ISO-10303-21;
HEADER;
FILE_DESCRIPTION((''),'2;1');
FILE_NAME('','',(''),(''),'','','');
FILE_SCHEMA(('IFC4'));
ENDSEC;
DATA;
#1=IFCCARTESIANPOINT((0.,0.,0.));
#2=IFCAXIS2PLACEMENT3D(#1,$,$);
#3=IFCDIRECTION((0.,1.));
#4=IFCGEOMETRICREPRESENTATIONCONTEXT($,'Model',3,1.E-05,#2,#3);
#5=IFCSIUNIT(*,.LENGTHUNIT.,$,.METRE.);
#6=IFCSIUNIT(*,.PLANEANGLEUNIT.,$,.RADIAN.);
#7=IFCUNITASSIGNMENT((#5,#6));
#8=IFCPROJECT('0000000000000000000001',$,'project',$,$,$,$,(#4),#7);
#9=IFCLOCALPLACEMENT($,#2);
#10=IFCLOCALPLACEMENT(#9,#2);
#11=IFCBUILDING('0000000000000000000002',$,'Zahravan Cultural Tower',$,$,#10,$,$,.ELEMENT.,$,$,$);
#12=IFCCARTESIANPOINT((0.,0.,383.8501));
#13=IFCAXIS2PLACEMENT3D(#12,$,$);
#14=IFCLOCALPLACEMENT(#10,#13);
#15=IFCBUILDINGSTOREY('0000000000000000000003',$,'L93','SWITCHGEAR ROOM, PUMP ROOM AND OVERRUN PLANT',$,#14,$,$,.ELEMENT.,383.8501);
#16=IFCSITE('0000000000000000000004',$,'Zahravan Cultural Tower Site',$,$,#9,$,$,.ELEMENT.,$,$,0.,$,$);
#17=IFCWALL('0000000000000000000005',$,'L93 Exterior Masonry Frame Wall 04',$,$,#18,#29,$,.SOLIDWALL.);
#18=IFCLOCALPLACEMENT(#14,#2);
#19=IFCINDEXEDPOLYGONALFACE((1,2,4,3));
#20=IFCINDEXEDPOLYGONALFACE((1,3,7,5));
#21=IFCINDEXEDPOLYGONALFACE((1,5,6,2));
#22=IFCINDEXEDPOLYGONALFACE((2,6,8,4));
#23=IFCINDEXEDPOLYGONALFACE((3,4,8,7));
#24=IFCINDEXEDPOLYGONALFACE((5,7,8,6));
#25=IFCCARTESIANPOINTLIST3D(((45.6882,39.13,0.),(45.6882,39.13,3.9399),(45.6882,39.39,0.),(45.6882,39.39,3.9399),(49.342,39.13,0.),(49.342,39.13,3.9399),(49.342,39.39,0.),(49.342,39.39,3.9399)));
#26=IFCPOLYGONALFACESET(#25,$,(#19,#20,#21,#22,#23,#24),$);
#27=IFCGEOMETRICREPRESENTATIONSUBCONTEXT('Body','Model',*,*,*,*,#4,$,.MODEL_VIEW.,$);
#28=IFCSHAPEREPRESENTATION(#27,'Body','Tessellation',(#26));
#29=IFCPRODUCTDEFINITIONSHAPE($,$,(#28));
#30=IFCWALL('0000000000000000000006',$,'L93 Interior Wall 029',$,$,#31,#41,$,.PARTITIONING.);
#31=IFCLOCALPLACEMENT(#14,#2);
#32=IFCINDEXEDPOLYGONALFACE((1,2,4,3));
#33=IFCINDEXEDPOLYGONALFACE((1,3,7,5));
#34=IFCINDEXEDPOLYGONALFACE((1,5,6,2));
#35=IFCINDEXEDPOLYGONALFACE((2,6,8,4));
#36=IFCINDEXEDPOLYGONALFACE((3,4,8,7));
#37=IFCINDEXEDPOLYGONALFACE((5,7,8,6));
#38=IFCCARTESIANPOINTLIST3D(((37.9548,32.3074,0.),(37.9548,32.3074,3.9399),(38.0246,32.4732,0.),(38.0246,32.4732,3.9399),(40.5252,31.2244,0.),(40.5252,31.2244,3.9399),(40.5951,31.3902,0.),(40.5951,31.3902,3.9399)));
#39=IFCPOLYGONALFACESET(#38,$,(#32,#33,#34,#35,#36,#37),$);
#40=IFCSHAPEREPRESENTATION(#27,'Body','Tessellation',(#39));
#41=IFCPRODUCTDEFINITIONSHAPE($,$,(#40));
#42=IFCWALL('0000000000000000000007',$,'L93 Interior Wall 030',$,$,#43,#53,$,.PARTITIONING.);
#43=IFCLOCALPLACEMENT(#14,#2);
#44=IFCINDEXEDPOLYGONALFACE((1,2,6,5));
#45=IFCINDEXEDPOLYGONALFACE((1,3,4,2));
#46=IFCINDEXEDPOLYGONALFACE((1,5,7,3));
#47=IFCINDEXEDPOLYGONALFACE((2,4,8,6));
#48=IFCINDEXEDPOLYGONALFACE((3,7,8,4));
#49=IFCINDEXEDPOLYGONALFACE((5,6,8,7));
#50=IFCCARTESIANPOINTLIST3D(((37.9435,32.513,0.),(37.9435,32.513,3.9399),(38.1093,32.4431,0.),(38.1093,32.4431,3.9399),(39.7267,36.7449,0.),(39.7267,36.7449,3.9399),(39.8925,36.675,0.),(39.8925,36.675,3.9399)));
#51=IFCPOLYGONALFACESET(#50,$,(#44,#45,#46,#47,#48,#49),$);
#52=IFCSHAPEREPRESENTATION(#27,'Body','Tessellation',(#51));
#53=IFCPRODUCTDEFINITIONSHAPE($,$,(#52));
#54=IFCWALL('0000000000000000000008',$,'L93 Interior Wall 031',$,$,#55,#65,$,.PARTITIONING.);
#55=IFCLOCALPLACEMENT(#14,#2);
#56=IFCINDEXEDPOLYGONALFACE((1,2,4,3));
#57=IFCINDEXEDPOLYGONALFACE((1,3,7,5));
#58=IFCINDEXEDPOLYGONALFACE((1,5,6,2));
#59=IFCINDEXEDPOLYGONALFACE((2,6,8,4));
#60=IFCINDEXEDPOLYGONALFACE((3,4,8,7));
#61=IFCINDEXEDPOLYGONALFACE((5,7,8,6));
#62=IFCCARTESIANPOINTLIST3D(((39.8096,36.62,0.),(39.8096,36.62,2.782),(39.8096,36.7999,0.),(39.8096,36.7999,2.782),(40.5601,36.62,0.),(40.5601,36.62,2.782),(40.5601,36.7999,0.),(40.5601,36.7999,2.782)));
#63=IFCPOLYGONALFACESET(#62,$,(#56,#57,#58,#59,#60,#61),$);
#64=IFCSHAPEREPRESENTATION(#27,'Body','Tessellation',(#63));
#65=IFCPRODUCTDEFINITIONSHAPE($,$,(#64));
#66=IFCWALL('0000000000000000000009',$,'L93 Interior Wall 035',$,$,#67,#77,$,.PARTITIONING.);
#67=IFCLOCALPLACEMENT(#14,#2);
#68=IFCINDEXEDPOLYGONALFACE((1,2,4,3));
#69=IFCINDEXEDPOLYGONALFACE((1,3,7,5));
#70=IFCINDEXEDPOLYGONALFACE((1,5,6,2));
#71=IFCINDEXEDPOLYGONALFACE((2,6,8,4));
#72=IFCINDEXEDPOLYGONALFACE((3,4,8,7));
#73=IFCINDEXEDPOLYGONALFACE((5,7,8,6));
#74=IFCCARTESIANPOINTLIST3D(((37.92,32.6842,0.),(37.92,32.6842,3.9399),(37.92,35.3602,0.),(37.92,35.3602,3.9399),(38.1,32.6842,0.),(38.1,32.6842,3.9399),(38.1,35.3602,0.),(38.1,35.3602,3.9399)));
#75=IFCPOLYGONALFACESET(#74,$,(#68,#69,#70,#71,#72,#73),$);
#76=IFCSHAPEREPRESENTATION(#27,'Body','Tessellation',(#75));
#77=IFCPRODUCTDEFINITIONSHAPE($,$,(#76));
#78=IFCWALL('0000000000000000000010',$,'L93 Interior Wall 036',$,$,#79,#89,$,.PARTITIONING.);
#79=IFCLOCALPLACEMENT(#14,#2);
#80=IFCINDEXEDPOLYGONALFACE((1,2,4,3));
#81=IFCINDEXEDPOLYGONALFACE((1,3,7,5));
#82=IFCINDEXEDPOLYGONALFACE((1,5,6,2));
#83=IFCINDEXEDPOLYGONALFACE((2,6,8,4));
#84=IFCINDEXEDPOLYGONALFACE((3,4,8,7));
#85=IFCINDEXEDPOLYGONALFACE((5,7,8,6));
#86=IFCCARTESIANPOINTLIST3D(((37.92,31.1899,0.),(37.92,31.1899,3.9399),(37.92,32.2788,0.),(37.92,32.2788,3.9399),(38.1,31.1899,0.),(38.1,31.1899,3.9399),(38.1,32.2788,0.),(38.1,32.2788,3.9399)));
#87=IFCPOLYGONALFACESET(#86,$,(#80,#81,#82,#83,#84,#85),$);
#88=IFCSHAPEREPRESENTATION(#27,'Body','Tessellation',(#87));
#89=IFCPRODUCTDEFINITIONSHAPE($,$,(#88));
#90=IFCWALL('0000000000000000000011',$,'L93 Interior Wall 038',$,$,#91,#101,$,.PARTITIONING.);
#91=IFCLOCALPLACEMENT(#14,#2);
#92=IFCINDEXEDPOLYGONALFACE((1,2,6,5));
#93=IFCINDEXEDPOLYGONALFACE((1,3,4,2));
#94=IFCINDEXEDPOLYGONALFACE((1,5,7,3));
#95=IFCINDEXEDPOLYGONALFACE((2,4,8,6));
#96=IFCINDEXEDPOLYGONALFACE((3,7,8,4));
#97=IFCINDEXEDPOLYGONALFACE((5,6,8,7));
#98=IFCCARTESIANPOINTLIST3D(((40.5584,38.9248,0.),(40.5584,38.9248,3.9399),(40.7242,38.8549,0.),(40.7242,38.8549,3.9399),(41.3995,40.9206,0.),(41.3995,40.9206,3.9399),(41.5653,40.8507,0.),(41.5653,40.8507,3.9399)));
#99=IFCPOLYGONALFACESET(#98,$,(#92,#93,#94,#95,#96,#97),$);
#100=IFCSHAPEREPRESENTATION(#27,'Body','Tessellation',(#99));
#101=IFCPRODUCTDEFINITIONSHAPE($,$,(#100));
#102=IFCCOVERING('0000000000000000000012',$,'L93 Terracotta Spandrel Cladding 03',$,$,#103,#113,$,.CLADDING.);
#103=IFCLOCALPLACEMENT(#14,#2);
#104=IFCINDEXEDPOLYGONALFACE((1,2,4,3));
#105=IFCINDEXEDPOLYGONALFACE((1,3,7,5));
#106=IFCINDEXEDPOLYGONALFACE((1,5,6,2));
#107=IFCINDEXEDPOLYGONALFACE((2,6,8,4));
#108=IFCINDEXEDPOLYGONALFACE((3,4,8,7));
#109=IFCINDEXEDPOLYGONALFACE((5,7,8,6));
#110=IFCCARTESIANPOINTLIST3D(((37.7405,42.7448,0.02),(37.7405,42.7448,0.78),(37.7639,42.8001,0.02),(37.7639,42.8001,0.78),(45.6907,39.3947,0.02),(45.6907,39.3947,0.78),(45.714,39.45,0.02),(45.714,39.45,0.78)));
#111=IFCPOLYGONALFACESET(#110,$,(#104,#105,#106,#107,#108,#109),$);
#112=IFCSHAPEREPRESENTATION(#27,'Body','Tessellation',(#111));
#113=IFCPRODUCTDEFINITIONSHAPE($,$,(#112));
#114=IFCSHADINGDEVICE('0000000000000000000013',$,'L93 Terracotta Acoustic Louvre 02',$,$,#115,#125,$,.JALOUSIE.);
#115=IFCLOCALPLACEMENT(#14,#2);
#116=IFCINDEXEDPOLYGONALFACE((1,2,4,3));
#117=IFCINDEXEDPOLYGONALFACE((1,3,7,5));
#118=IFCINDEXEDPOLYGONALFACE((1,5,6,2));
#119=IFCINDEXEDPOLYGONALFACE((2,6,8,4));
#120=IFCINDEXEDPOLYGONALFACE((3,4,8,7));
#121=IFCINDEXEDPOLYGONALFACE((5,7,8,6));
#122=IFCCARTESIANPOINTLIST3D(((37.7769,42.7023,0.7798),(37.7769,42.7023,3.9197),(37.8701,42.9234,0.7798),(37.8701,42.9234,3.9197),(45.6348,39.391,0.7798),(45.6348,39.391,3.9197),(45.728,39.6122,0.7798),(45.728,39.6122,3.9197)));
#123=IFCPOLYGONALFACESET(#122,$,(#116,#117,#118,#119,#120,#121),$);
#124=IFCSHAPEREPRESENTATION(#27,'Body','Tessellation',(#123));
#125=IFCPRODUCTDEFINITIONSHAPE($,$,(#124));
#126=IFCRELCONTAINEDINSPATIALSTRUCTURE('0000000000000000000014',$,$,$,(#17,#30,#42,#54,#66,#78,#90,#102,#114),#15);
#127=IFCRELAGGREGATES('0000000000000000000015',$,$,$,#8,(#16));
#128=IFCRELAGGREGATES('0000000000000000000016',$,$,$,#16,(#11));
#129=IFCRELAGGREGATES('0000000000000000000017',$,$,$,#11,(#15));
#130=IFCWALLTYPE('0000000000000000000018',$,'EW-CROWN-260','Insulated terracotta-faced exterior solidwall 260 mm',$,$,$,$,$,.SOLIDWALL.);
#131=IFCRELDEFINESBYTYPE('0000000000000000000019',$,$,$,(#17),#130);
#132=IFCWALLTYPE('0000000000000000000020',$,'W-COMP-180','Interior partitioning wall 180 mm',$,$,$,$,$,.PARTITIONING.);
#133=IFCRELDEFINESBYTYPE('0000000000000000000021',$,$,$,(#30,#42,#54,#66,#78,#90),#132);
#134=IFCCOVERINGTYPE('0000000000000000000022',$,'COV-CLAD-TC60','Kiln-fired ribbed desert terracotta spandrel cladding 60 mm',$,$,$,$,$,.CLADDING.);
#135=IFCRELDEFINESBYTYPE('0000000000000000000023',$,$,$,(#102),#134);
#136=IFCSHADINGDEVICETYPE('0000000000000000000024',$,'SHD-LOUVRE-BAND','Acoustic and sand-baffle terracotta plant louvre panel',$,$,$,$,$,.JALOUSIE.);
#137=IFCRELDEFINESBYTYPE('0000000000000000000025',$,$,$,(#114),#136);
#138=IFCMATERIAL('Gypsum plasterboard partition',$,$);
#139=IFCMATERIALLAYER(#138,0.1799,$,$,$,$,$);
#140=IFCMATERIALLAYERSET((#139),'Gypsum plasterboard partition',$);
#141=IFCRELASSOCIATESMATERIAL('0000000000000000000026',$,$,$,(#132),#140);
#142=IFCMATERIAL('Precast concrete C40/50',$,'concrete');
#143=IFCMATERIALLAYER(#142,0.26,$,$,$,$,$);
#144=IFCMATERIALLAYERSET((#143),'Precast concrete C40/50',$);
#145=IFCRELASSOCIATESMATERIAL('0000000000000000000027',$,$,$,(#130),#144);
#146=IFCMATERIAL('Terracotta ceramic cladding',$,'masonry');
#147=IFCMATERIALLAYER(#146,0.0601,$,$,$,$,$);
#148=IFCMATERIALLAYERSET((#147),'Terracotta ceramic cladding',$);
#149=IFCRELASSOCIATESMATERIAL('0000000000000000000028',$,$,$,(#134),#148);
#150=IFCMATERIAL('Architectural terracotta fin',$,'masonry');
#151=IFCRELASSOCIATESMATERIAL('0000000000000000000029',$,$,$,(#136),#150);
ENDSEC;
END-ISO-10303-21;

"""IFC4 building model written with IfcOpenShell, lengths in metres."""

from ifc_helpers import new_model, si_unit, direction, frame, frame_2d, origin, origin_2d, place, context, subcontext, project, spatial, rectangle, extrude, source, transform, mapped, material, layer, layer_set, type_object, element, save


model = new_model("IFC4")

# Units and contexts
model_context = context("Model", 3, precision=1e-05, world=origin(), true_north=direction((0.0, 1.0)))
body_context = subcontext(model_context, "Body", "Model", "MODEL_VIEW")
ifc_project = project(units=[si_unit("LENGTHUNIT", "METRE"), si_unit("PLANEANGLEUNIT", "RADIAN")], contexts=[model_context])

# Site, building, storey
site_placement = place(None, origin())
site = spatial("IfcSite", under=ifc_project, at=site_placement, Name="Zahravan Cultural Tower Site", CompositionType="ELEMENT", RefElevation=0.0)
building_placement = place(site_placement, origin())
building = spatial("IfcBuilding", under=site, at=building_placement, Name="Zahravan Cultural Tower", CompositionType="ELEMENT")
storey_placement = place(building_placement, frame((0.0, 0.0, 383.8501)))
storey = spatial("IfcBuildingStorey", under=building, at=storey_placement, Name="L93", Description="SWITCHGEAR ROOM, PUMP ROOM AND OVERRUN PLANT", CompositionType="ELEMENT", Elevation=383.8501)

# Shared definitions
ifc_material_1 = material(Name="Gypsum plasterboard partition")
ifc_layer_1 = layer(ifc_material_1, 0.1799)
ifc_layer_set_1 = layer_set([ifc_layer_1], Name="Gypsum plasterboard partition")
wall_type_1 = type_object("IfcWallType", Name="W-COMP-180", Description="Interior partitioning wall 180 mm", PredefinedType="PARTITIONING", material=ifc_layer_set_1)

# Walls
ifc_material_2 = material(Name="Precast concrete C40/50", Category="concrete")
ifc_layer_2 = layer(ifc_material_2, 0.26)
ifc_layer_set_2 = layer_set([ifc_layer_2], Name="Precast concrete C40/50")
wall_type_2 = type_object("IfcWallType", Name="EW-CROWN-260", Description="Insulated terracotta-faced exterior solidwall 260 mm", PredefinedType="SOLIDWALL", material=ifc_layer_set_2)
shared_shape_1 = source(origin(), body_context, "Body", "SweptSolid", [
    extrude(rectangle(XDim=3.6538, YDim=0.26, at=frame_2d((1.8269, 0.0))), origin(), (0.0, 0.0, 1.0), 3.9399),
])
wall_1_placement = place(storey_placement, frame((45.6882, 39.26, 0.0), z_axis=(0.0, 0.0, 1.0), x_axis=(1.0, 0.0, 0.0)))
element("IfcWall", 1, at=wall_1_placement, inside=storey, type_object=wall_type_2, Name="L93 Exterior Masonry Frame Wall 04", PredefinedType="SOLIDWALL", context=body_context, shape_type="MappedRepresentation", body=[
    mapped(shared_shape_1, transform((0.0, 0.0, 0.0), x_axis=(1.0, 0.0, 0.0), y_axis=(0.0, 1.0, 0.0), z_axis=(0.0, 0.0, 1.0), scale=1.0)),
])
shared_shape_2 = source(origin(), body_context, "Body", "SweptSolid", [
    extrude(rectangle(XDim=2.7893, YDim=0.1799, at=frame_2d((1.3945, 0.0))), origin(), (0.0, 0.0, 1.0), 3.9399),
])
wall_2_placement = place(storey_placement, frame((40.5601, 31.3074, 0.0), z_axis=(0.0, 0.0, 1.0), x_axis=(-0.92155, 0.38826, 0.0)))
element("IfcWall", 2, at=wall_2_placement, inside=storey, type_object=wall_type_1, Name="L93 Interior Wall 029", PredefinedType="PARTITIONING", context=body_context, shape_type="MappedRepresentation", body=[
    mapped(shared_shape_2, transform((0.0, 0.0, 0.0), x_axis=(1.0, 0.0, 0.0), y_axis=(0.0, 1.0, 0.0), z_axis=(0.0, 0.0, 1.0), scale=1.0)),
])
shared_shape_3 = source(origin(), body_context, "Body", "SweptSolid", [
    extrude(rectangle(XDim=4.5923, YDim=0.1799, at=frame_2d((2.2961, 0.0))), origin(), (0.0, 0.0, 1.0), 3.9399),
])
wall_3_placement = place(storey_placement, frame((38.0264, 32.478, 0.0), z_axis=(0.0, 0.0, 1.0), x_axis=(0.388304, 0.921531, 0.0)))
element("IfcWall", 3, at=wall_3_placement, inside=storey, type_object=wall_type_1, Name="L93 Interior Wall 030", PredefinedType="PARTITIONING", context=body_context, shape_type="MappedRepresentation", body=[
    mapped(shared_shape_3, transform((0.0, 0.0, 0.0), x_axis=(1.0, 0.0, 0.0), y_axis=(0.0, 1.0, 0.0), z_axis=(0.0, 0.0, 1.0), scale=1.0)),
])
shared_shape_4 = source(origin(), body_context, "Body", "SweptSolid", [
    extrude(rectangle(XDim=0.7505, YDim=0.1799, at=frame_2d((0.3752, 0.0))), origin(), (0.0, 0.0, 1.0), 2.782),
])
wall_4_placement = place(storey_placement, frame((39.8096, 36.71, 0.0), z_axis=(0.0, 0.0, 1.0), x_axis=(1.0, 0.0, 0.0)))
element("IfcWall", 4, at=wall_4_placement, inside=storey, type_object=wall_type_1, Name="L93 Interior Wall 031", PredefinedType="PARTITIONING", context=body_context, shape_type="MappedRepresentation", body=[
    mapped(shared_shape_4, transform((0.0, 0.0, 0.0), x_axis=(1.0, 0.0, 0.0), y_axis=(0.0, 1.0, 0.0), z_axis=(0.0, 0.0, 1.0), scale=1.0)),
])
shared_shape_5 = source(origin(), body_context, "Body", "SweptSolid", [
    extrude(rectangle(XDim=2.676, YDim=0.1799, at=frame_2d((1.3379, 0.0))), origin(), (0.0, 0.0, 1.0), 3.9399),
])
wall_5_placement = place(storey_placement, frame((38.01, 35.3601, 0.0), z_axis=(0.0, 0.0, 1.0), x_axis=(0.0, -1.0, 0.0)))
element("IfcWall", 5, at=wall_5_placement, inside=storey, type_object=wall_type_1, Name="L93 Interior Wall 035", PredefinedType="PARTITIONING", context=body_context, shape_type="MappedRepresentation", body=[
    mapped(shared_shape_5, transform((0.0, 0.0, 0.0), x_axis=(1.0, 0.0, 0.0), y_axis=(0.0, 1.0, 0.0), z_axis=(0.0, 0.0, 1.0), scale=1.0)),
])
shared_shape_6 = source(origin(), body_context, "Body", "SweptSolid", [
    extrude(rectangle(XDim=1.0889, YDim=0.1799, at=frame_2d((0.5444, 0.0))), origin(), (0.0, 0.0, 1.0), 3.9399),
])
wall_6_placement = place(storey_placement, frame((38.01, 32.2788, 0.0), z_axis=(0.0, 0.0, 1.0), x_axis=(0.0, -1.0, 0.0)))
element("IfcWall", 6, at=wall_6_placement, inside=storey, type_object=wall_type_1, Name="L93 Interior Wall 036", PredefinedType="PARTITIONING", context=body_context, shape_type="MappedRepresentation", body=[
    mapped(shared_shape_6, transform((0.0, 0.0, 0.0), x_axis=(1.0, 0.0, 0.0), y_axis=(0.0, 1.0, 0.0), z_axis=(0.0, 0.0, 1.0), scale=1.0)),
])
shared_shape_7 = source(origin(), body_context, "Body", "SweptSolid", [
    extrude(rectangle(XDim=2.1658, YDim=0.1799, at=frame_2d((1.083, 0.0))), origin(), (0.0, 0.0, 1.0), 3.9399),
])
wall_7_placement = place(storey_placement, frame((41.4824, 40.8857, 0.0), z_axis=(0.0, 0.0, 1.0), x_axis=(-0.388334, -0.921519, 0.0)))
element("IfcWall", 7, at=wall_7_placement, inside=storey, type_object=wall_type_1, Name="L93 Interior Wall 038", PredefinedType="PARTITIONING", context=body_context, shape_type="MappedRepresentation", body=[
    mapped(shared_shape_7, transform((0.0, 0.0, 0.0), x_axis=(1.0, 0.0, 0.0), y_axis=(0.0, 1.0, 0.0), z_axis=(0.0, 0.0, 1.0), scale=1.0)),
])

# Covering
ifc_material_3 = material(Name="Terracotta ceramic cladding", Category="masonry")
ifc_layer_3 = layer(ifc_material_3, 0.0601)
ifc_layer_set_3 = layer_set([ifc_layer_3], Name="Terracotta ceramic cladding")
covering_type = type_object("IfcCoveringType", Name="COV-CLAD-TC60", Description="Kiln-fired ribbed desert terracotta spandrel cladding 60 mm", PredefinedType="CLADDING", material=ifc_layer_set_3)
shared_shape_8 = source(origin(), body_context, "Body", "SweptSolid", [
    extrude(rectangle(XDim=8.6272, YDim=0.0601, at=origin_2d()), origin(), (0.0, 0.0, 1.0), 0.76),
])
covering_placement = place(storey_placement, frame((41.7273, 41.0974, 0.02), z_axis=(0.0, 0.0, 1.0), x_axis=(0.921525, -0.38832, 0.0)))
element("IfcCovering", 8, at=covering_placement, inside=storey, type_object=covering_type, Name="L93 Terracotta Spandrel Cladding 03", PredefinedType="CLADDING", context=body_context, shape_type="MappedRepresentation", body=[
    mapped(shared_shape_8, transform((0.0, 0.0, 0.0), x_axis=(1.0, 0.0, 0.0), y_axis=(0.0, 1.0, 0.0), z_axis=(0.0, 0.0, 1.0), scale=1.0)),
])

# Shading device
ifc_material_4 = material(Name="Architectural terracotta fin", Category="masonry")
shading_device_type = type_object("IfcShadingDeviceType", Name="SHD-LOUVRE-BAND", Description="Acoustic and sand-baffle terracotta plant louvre panel", PredefinedType="JALOUSIE", material=ifc_material_4)
shared_shape_9 = source(origin(), body_context, "Body", "SweptSolid", [
    extrude(rectangle(XDim=8.5271, YDim=0.24, at=origin_2d()), origin(), (0.0, 0.0, 1.0), 3.1399),
])
shading_device_placement = place(storey_placement, frame((41.7524, 41.1572, 0.7798), z_axis=(0.0, 0.0, 1.0), x_axis=(0.921525, -0.38832, 0.0)))
element("IfcShadingDevice", 9, at=shading_device_placement, inside=storey, type_object=shading_device_type, Name="L93 Terracotta Acoustic Louvre 02", PredefinedType="JALOUSIE", context=body_context, shape_type="MappedRepresentation", body=[
    mapped(shared_shape_9, transform((0.0, 0.0, 0.0), x_axis=(1.0, 0.0, 0.0), y_axis=(0.0, 1.0, 0.0), z_axis=(0.0, 0.0, 1.0), scale=1.0)),
])

save(model, "model.ifc")
